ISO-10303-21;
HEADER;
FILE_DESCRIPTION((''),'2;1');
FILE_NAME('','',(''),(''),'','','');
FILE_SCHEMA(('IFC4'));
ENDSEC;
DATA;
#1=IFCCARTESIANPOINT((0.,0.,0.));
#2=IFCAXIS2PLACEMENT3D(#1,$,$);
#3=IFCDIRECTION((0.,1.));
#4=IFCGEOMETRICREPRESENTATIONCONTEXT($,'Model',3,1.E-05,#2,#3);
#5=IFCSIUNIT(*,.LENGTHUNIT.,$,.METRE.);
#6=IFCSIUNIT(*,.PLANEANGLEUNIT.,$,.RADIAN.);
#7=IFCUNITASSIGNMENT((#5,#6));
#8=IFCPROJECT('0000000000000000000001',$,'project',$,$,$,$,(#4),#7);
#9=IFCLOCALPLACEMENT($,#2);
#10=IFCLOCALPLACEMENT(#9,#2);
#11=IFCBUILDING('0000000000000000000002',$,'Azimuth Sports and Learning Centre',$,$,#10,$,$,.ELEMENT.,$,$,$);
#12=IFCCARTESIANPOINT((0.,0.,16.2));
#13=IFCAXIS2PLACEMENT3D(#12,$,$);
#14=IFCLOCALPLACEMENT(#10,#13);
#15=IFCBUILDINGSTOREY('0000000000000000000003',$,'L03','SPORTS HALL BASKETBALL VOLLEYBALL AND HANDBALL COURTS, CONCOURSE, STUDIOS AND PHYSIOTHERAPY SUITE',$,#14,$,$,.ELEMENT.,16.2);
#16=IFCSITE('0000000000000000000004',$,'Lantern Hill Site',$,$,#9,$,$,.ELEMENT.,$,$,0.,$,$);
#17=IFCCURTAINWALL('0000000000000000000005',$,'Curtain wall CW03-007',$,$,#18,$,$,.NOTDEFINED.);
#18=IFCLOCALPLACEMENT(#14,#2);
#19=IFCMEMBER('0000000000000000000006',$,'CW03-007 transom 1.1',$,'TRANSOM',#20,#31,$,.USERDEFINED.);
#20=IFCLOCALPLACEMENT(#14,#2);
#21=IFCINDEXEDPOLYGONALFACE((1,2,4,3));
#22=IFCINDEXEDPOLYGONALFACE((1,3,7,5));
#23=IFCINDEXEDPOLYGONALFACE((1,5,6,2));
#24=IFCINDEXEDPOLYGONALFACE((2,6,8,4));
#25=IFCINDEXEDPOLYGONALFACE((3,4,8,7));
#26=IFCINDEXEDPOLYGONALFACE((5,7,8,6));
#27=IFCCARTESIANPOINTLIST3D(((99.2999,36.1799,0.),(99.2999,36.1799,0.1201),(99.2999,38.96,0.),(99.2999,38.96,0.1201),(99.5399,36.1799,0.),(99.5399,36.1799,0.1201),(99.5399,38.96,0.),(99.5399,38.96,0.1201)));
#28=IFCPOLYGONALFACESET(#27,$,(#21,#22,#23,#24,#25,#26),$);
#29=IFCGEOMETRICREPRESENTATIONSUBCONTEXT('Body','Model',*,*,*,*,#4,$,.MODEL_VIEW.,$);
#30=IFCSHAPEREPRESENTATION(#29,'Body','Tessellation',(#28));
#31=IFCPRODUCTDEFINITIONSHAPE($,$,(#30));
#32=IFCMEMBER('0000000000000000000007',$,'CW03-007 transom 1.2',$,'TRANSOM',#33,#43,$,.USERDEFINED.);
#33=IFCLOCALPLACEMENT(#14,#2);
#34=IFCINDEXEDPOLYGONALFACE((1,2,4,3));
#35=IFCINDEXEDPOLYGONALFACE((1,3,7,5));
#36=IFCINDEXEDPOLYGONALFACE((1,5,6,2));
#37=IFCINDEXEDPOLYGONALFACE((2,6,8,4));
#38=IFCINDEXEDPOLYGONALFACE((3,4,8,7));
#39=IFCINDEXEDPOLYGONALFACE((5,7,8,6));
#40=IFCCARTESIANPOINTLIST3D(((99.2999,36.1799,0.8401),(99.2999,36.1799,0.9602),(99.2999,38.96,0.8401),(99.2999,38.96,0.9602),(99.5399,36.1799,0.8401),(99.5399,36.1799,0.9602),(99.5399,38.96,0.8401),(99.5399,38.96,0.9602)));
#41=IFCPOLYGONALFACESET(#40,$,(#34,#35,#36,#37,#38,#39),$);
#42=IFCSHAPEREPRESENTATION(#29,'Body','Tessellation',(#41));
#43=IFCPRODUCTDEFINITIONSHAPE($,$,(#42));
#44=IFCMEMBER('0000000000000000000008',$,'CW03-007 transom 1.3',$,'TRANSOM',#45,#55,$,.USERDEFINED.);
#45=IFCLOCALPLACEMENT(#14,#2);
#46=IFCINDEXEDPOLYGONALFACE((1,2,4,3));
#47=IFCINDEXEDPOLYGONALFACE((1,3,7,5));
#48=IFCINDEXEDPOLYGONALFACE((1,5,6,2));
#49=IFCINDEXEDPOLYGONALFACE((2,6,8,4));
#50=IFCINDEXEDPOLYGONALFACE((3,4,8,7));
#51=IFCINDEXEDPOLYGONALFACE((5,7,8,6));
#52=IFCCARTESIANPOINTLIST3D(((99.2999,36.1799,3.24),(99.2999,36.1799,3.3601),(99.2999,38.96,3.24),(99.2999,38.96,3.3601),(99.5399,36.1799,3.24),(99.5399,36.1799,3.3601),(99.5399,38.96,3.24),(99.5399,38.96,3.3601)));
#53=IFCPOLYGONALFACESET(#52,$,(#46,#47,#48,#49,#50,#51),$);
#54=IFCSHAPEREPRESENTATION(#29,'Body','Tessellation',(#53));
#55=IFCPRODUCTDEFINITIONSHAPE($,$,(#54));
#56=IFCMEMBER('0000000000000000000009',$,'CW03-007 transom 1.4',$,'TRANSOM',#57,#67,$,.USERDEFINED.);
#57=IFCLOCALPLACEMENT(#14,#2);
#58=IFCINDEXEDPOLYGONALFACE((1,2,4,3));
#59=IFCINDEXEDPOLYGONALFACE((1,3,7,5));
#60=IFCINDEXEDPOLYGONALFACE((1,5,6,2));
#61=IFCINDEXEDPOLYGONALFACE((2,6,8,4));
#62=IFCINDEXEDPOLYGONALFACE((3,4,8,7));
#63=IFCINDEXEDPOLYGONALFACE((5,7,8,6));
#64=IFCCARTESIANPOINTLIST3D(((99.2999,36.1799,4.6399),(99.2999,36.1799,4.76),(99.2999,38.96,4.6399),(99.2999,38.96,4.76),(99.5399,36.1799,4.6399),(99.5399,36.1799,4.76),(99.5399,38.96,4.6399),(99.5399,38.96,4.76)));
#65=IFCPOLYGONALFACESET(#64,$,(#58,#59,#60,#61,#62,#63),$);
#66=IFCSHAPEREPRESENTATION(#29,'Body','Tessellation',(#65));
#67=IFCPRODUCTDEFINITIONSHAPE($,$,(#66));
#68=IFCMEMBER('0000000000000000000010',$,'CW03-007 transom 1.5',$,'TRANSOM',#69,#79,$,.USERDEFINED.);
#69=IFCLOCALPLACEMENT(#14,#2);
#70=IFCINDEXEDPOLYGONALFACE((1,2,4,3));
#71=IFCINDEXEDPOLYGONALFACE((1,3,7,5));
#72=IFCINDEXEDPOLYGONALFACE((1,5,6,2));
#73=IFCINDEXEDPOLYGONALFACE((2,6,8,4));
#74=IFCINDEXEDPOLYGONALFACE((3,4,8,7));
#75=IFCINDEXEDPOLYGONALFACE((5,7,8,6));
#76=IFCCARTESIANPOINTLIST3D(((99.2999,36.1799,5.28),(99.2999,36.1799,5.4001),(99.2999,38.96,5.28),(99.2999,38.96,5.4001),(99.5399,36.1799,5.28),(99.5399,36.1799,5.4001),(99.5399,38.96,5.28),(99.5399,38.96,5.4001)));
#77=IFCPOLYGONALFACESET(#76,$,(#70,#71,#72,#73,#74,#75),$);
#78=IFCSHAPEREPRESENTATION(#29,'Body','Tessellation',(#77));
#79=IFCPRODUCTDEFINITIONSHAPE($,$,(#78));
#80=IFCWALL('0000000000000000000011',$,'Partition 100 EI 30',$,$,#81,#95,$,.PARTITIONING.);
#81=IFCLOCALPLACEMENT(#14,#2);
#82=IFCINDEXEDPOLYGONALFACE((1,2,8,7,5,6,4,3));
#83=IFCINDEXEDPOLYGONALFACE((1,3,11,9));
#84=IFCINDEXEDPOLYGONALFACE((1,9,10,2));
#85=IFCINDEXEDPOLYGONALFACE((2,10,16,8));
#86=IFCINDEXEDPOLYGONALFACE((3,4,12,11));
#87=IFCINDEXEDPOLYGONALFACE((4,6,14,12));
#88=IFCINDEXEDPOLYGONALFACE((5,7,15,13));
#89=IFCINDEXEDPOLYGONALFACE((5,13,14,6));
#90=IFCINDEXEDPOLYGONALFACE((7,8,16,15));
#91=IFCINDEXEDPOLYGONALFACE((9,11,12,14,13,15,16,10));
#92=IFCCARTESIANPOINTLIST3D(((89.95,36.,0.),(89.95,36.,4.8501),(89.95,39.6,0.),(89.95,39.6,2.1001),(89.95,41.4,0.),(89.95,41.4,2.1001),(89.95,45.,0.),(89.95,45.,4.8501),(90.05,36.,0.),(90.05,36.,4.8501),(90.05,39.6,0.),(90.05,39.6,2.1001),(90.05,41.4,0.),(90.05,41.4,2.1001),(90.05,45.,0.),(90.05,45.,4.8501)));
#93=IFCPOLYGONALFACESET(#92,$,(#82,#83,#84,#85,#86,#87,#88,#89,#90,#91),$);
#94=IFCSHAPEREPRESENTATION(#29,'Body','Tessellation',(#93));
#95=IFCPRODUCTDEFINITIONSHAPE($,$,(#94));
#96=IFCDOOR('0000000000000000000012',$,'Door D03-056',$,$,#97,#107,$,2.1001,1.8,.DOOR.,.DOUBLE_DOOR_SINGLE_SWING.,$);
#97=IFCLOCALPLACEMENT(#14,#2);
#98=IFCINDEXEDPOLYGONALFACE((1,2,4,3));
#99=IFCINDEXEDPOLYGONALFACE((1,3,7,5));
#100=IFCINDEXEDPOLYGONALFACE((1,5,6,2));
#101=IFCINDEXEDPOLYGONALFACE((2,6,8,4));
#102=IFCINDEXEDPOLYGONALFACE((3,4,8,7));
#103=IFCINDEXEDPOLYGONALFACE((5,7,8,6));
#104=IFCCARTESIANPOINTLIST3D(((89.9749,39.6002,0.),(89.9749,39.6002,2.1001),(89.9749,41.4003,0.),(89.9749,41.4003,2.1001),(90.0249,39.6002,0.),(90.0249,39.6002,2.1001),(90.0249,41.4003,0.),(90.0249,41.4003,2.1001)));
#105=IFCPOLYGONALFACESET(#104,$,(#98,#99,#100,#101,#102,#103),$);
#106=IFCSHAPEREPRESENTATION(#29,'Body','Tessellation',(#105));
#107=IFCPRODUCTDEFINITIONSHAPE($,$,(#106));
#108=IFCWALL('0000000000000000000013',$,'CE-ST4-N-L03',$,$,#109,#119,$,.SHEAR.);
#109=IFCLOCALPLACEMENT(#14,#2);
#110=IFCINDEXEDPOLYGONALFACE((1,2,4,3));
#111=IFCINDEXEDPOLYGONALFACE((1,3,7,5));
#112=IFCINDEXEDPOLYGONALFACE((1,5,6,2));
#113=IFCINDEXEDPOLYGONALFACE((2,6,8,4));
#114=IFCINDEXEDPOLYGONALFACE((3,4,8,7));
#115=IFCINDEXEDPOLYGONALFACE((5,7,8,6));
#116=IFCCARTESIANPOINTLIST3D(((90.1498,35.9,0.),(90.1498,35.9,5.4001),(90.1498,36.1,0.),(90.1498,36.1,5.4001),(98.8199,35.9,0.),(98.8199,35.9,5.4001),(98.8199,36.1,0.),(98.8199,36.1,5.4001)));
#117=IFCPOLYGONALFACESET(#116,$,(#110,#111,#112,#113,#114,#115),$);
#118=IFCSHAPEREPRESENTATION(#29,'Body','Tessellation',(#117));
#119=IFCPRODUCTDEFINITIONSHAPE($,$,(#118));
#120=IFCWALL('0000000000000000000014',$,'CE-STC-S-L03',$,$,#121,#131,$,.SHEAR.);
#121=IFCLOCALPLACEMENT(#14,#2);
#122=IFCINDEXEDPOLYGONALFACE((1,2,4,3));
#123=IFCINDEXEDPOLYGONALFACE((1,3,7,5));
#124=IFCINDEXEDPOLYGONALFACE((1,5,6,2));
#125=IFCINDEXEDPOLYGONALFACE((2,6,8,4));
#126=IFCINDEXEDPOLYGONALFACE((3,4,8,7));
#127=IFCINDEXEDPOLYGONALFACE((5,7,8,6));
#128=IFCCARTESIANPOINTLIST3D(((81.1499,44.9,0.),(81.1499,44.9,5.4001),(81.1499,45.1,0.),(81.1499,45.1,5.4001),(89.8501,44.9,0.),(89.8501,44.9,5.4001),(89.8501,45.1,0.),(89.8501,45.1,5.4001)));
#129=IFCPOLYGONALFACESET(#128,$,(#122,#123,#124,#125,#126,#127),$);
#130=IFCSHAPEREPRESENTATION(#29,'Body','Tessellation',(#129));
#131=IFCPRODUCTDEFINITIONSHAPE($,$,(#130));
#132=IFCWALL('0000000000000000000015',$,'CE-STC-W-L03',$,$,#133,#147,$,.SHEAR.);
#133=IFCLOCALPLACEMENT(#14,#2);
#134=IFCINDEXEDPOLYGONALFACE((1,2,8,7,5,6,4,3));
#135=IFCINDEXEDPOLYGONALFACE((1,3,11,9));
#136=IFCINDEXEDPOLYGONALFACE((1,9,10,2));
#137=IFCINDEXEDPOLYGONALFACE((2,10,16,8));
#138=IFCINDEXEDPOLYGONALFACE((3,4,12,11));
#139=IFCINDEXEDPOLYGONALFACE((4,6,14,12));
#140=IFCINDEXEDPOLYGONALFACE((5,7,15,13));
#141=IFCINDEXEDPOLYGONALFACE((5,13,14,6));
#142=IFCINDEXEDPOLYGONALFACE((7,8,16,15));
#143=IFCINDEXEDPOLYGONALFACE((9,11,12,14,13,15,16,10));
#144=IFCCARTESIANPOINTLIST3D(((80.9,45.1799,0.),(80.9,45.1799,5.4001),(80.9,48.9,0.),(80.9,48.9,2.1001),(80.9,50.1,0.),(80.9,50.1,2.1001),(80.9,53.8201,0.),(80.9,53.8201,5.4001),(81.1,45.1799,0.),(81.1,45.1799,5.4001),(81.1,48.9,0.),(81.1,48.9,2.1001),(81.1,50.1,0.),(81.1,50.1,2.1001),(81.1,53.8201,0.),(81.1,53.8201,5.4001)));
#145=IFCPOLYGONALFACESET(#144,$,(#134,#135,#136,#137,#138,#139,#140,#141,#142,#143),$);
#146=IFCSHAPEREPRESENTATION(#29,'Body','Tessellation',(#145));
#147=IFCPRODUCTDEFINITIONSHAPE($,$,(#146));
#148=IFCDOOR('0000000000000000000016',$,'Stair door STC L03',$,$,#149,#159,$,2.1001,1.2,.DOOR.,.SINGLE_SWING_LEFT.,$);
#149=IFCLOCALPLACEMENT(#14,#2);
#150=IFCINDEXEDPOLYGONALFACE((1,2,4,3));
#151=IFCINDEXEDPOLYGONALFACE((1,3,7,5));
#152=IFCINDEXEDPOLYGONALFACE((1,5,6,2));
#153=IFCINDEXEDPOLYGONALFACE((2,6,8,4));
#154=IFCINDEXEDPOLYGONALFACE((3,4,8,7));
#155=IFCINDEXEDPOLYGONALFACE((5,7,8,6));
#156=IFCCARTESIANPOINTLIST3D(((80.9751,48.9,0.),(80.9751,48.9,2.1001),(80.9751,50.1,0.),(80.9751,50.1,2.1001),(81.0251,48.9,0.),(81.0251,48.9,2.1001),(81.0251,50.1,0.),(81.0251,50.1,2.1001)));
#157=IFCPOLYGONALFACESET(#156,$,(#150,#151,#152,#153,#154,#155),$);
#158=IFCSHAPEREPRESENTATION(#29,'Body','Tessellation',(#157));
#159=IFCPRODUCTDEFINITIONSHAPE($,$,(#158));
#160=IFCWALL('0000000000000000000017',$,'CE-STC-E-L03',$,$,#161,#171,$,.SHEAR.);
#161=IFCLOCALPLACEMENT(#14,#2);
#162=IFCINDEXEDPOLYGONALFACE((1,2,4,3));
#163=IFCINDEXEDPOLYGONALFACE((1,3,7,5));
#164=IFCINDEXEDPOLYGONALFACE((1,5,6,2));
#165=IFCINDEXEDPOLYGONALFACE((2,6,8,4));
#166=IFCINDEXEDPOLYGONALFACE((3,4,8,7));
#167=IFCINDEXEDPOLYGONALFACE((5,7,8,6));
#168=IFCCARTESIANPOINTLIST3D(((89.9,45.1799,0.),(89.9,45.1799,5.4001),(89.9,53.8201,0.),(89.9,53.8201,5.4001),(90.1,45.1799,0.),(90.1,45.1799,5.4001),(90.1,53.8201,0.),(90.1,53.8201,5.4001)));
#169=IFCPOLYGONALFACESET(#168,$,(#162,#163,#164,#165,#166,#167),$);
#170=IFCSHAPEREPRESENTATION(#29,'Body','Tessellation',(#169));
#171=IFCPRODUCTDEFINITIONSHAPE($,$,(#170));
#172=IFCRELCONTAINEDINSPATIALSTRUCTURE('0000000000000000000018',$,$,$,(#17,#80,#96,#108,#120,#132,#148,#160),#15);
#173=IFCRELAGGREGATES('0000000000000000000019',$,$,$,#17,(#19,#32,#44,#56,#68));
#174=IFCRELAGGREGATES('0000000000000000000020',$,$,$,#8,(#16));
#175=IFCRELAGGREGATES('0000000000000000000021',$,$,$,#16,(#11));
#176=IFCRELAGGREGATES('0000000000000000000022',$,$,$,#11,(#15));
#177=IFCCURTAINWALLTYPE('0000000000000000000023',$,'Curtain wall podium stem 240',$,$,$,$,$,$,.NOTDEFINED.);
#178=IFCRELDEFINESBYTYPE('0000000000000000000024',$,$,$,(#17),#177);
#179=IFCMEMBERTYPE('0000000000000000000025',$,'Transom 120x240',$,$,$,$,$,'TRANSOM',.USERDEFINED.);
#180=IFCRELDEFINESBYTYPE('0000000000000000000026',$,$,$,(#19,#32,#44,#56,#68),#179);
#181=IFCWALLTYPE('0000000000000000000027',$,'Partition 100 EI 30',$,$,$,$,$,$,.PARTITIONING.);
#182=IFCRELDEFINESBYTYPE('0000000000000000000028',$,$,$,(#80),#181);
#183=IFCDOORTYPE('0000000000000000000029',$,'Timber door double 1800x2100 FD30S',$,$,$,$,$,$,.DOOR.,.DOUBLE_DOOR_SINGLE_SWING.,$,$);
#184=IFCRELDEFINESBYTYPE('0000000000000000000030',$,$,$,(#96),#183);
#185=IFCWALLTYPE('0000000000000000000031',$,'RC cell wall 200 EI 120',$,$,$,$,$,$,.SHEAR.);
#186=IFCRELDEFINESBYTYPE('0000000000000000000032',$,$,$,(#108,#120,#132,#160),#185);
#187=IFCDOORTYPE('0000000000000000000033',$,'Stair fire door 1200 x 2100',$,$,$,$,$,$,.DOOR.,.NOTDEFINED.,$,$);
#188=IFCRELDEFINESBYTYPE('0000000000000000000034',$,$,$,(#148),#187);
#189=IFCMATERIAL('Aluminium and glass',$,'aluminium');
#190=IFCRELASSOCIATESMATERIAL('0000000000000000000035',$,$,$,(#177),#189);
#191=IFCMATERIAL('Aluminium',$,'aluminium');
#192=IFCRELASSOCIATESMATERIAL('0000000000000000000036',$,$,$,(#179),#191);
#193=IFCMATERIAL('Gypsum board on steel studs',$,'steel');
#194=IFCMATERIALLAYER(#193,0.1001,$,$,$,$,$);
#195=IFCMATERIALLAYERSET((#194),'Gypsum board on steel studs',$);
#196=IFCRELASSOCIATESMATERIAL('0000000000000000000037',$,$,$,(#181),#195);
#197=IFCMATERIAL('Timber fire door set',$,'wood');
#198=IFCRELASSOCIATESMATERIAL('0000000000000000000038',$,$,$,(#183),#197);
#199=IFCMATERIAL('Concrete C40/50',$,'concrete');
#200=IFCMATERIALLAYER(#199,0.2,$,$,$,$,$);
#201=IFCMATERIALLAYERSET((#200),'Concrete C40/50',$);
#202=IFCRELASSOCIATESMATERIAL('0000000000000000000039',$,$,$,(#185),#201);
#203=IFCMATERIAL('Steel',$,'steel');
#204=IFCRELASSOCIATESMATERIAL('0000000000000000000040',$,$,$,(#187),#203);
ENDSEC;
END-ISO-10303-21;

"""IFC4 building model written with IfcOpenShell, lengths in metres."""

from ifc_helpers import new_model, si_unit, direction, frame, frame_2d, origin, origin_2d, place, context, subcontext, project, spatial, rectangle, extrude, material, layer, layer_set, material_profile, profile_set, type_object, element, fill, aggregate, save


model = new_model("IFC4")

# Units and contexts
model_context = context("Model", 3, precision=1e-05, world=origin(), true_north=direction((0.0, 1.0)))
body_context = subcontext(model_context, "Body", "Model", "MODEL_VIEW")
ifc_project = project(units=[si_unit("LENGTHUNIT", "METRE"), si_unit("PLANEANGLEUNIT", "RADIAN")], contexts=[model_context])

# Site, building, storey
site_placement = place(None, origin())
site = spatial("IfcSite", under=ifc_project, at=site_placement, Name="Lantern Hill Site", CompositionType="ELEMENT", RefElevation=0.0)
building_placement = place(site_placement, origin())
building = spatial("IfcBuilding", under=site, at=building_placement, Name="Azimuth Sports and Learning Centre", CompositionType="ELEMENT")
storey_placement = place(building_placement, frame((0.0, 0.0, 16.2)))
storey = spatial("IfcBuildingStorey", under=building, at=storey_placement, Name="L03", Description="SPORTS HALL BASKETBALL VOLLEYBALL AND HANDBALL COURTS, CONCOURSE, STUDIOS AND PHYSIOTHERAPY SUITE", CompositionType="ELEMENT", Elevation=16.2)

# Curtain wall, members
ifc_material_1 = material(Name="Aluminium and glass", Category="aluminium")
curtain_wall_type = type_object("IfcCurtainWallType", Name="Curtain wall podium stem 240", PredefinedType="NOTDEFINED", material=ifc_material_1)
curtain_wall_placement = place(storey_placement, origin())
curtain_wall = element("IfcCurtainWall", 1, at=curtain_wall_placement, inside=storey, type_object=curtain_wall_type, Name="Curtain wall CW03-007", PredefinedType="NOTDEFINED")
ifc_material_2 = material(Name="Aluminium", Category="aluminium")
ifc_material_profile_1 = material_profile(ifc_material_2, rectangle(XDim=0.24, YDim=0.1201, at=origin_2d()), Name="Transom 120x240")
ifc_profile_set_1 = profile_set([ifc_material_profile_1], Name="Aluminium")
member_type_1 = type_object("IfcMemberType", Name="Transom 120x240", ElementType="TRANSOM", PredefinedType="USERDEFINED", material=ifc_profile_set_1)
member_1_placement = place(storey_placement, frame((99.4199, 36.1799, 0.0601), z_axis=(0.0, 1.0, 0.0), x_axis=(-1.0, 0.0, 0.0)))
member_1 = element("IfcMember", 2, at=member_1_placement, type_object=member_type_1, Name="CW03-007 transom 1.1", ObjectType="TRANSOM", PredefinedType="USERDEFINED", context=body_context, shape_type="SweptSolid", body=[
    extrude(rectangle(XDim=0.24, YDim=0.1201, at=origin_2d()), origin(), (0.0, 0.0, 1.0), 2.78),
])
member_2_placement = place(storey_placement, frame((99.4199, 36.1799, 0.9001), z_axis=(0.0, 1.0, 0.0), x_axis=(-1.0, 0.0, 0.0)))
member_2 = element("IfcMember", 3, at=member_2_placement, type_object=member_type_1, Name="CW03-007 transom 1.2", ObjectType="TRANSOM", PredefinedType="USERDEFINED", context=body_context, shape_type="SweptSolid", body=[
    extrude(rectangle(XDim=0.24, YDim=0.1201, at=origin_2d()), origin(), (0.0, 0.0, 1.0), 2.78),
])
member_3_placement = place(storey_placement, frame((99.4199, 36.1799, 3.3), z_axis=(0.0, 1.0, 0.0), x_axis=(-1.0, 0.0, 0.0)))
member_3 = element("IfcMember", 4, at=member_3_placement, type_object=member_type_1, Name="CW03-007 transom 1.3", ObjectType="TRANSOM", PredefinedType="USERDEFINED", context=body_context, shape_type="SweptSolid", body=[
    extrude(rectangle(XDim=0.24, YDim=0.1201, at=origin_2d()), origin(), (0.0, 0.0, 1.0), 2.78),
])
member_4_placement = place(storey_placement, frame((99.4199, 36.1799, 4.7), z_axis=(0.0, 1.0, 0.0), x_axis=(-1.0, 0.0, 0.0)))
member_4 = element("IfcMember", 5, at=member_4_placement, type_object=member_type_1, Name="CW03-007 transom 1.4", ObjectType="TRANSOM", PredefinedType="USERDEFINED", context=body_context, shape_type="SweptSolid", body=[
    extrude(rectangle(XDim=0.24, YDim=0.1201, at=origin_2d()), origin(), (0.0, 0.0, 1.0), 2.78),
])
member_5_placement = place(storey_placement, frame((99.4199, 36.1799, 5.3401), z_axis=(0.0, 1.0, 0.0), x_axis=(-1.0, 0.0, 0.0)))
member_5 = element("IfcMember", 6, at=member_5_placement, type_object=member_type_1, Name="CW03-007 transom 1.5", ObjectType="TRANSOM", PredefinedType="USERDEFINED", context=body_context, shape_type="SweptSolid", body=[
    extrude(rectangle(XDim=0.24, YDim=0.1201, at=origin_2d()), origin(), (0.0, 0.0, 1.0), 2.78),
])
aggregate(curtain_wall, [member_1, member_2, member_3, member_4, member_5])

# Wall, opening, door
ifc_material_3 = material(Name="Gypsum board on steel studs", Category="steel")
ifc_layer_1 = layer(ifc_material_3, 0.1001)
ifc_layer_set_1 = layer_set([ifc_layer_1], Name="Gypsum board on steel studs")
wall_type_1 = type_object("IfcWallType", Name="Partition 100 EI 30", PredefinedType="PARTITIONING", material=ifc_layer_set_1)
wall_1_placement = place(storey_placement, frame((90.0, 36.0, 0.0), z_axis=(0.0, 0.0, 1.0), x_axis=(0.0, 1.0, 0.0)))
wall_1 = element("IfcWall", 7, at=wall_1_placement, inside=storey, type_object=wall_type_1, Name="Partition 100 EI 30", PredefinedType="PARTITIONING", context=body_context, shape_type="SweptSolid", body=[
    extrude(rectangle(XDim=9.0, YDim=0.1001, at=frame_2d((4.5, 0.0))), origin(), (0.0, 0.0, 1.0), 4.8501),
])
opening_1_placement = place(wall_1_placement, frame((3.6001, 0.0, 0.0)))
opening_1 = element("IfcOpeningElement", 8, at=opening_1_placement, cuts=wall_1, PredefinedType="OPENING", context=body_context, shape_type="SweptSolid", body=[
    extrude(rectangle(XDim=1.8, YDim=2.1001, at=frame_2d((0.8999, 1.05))), frame((0.0, 0.061, 0.0), z_axis=(0.0, -1.0, 0.0), x_axis=(1.0, 0.0, 0.0)), (0.0, 0.0, 1.0), 0.1221),
])
ifc_material_4 = material(Name="Timber fire door set", Category="wood")
door_type_1 = type_object("IfcDoorType", Name="Timber door double 1800x2100 FD30S", OperationType="DOUBLE_DOOR_SINGLE_SWING", PredefinedType="DOOR", material=ifc_material_4)
door_1_placement = place(opening_1_placement, frame((1.8, 0.0, 0.0), z_axis=(0.0, 0.0, 1.0), x_axis=(-1.0, 0.0, 0.0)))
door_1 = element("IfcDoor", 9, at=door_1_placement, inside=storey, type_object=door_type_1, Name="Door D03-056", OperationType="DOUBLE_DOOR_SINGLE_SWING", OverallHeight=2.1001, OverallWidth=1.8, PredefinedType="DOOR", context=body_context, shape_type="SweptSolid", body=[
    extrude(rectangle(XDim=1.8, YDim=2.1001, at=frame_2d((0.8999, 1.05))), frame((0.0, 0.0249, 0.0), z_axis=(0.0, -1.0, 0.0), x_axis=(1.0, 0.0, 0.0)), (0.0, 0.0, 1.0), 0.05),
])
fill(opening_1, door_1)

# Walls
ifc_material_5 = material(Name="Concrete C40/50", Category="concrete")
ifc_layer_2 = layer(ifc_material_5, 0.2)
ifc_layer_set_2 = layer_set([ifc_layer_2], Name="Concrete C40/50")
wall_type_2 = type_object("IfcWallType", Name="RC cell wall 200 EI 120", PredefinedType="SHEAR", material=ifc_layer_set_2)
wall_2_placement = place(storey_placement, frame((90.1499, 36.0, 0.0), z_axis=(0.0, 0.0, 1.0), x_axis=(1.0, 0.0, 0.0)))
element("IfcWall", 10, at=wall_2_placement, inside=storey, type_object=wall_type_2, Name="CE-ST4-N-L03", PredefinedType="SHEAR", context=body_context, shape_type="SweptSolid", body=[
    extrude(rectangle(XDim=8.6702, YDim=0.2, at=frame_2d((4.335, 0.0))), origin(), (0.0, 0.0, 1.0), 5.4001),
])
wall_3_placement = place(storey_placement, frame((81.1499, 45.0, 0.0), z_axis=(0.0, 0.0, 1.0), x_axis=(1.0, 0.0, 0.0)))
element("IfcWall", 11, at=wall_3_placement, inside=storey, type_object=wall_type_2, Name="CE-STC-S-L03", PredefinedType="SHEAR", context=body_context, shape_type="SweptSolid", body=[
    extrude(rectangle(XDim=8.7002, YDim=0.2, at=frame_2d((4.3501, 0.0))), origin(), (0.0, 0.0, 1.0), 5.4001),
])

# Wall, opening, door
wall_4_placement = place(storey_placement, frame((81.0, 45.1799, 0.0), z_axis=(0.0, 0.0, 1.0), x_axis=(0.0, 1.0, 0.0)))
wall_4 = element("IfcWall", 12, at=wall_4_placement, inside=storey, type_object=wall_type_2, Name="CE-STC-W-L03", PredefinedType="SHEAR", context=body_context, shape_type="SweptSolid", body=[
    extrude(rectangle(XDim=8.6401, YDim=0.2, at=frame_2d((4.3201, 0.0))), origin(), (0.0, 0.0, 1.0), 5.4001),
])
opening_2_placement = place(wall_4_placement, frame((3.72, 0.0, 0.0)))
opening_2 = element("IfcOpeningElement", 13, at=opening_2_placement, cuts=wall_4, PredefinedType="OPENING", context=body_context, shape_type="SweptSolid", body=[
    extrude(rectangle(XDim=1.2, YDim=2.1001, at=frame_2d((0.6001, 1.05))), frame((0.0, 0.1108, 0.0), z_axis=(0.0, -1.0, 0.0), x_axis=(1.0, 0.0, 0.0)), (0.0, 0.0, 1.0), 0.2219),
])
ifc_material_6 = material(Name="Steel", Category="steel")
door_type_2 = type_object("IfcDoorType", Name="Stair fire door 1200 x 2100", OperationType="NOTDEFINED", PredefinedType="DOOR", material=ifc_material_6)
door_2_placement = place(opening_2_placement, origin())
door_2 = element("IfcDoor", 14, at=door_2_placement, inside=storey, type_object=door_type_2, Name="Stair door STC L03", OperationType="SINGLE_SWING_LEFT", OverallHeight=2.1001, OverallWidth=1.2, PredefinedType="DOOR", context=body_context, shape_type="SweptSolid", body=[
    extrude(rectangle(XDim=1.2, YDim=2.1001, at=frame_2d((0.6001, 1.05))), frame((0.0, 0.0249, 0.0), z_axis=(0.0, -1.0, 0.0), x_axis=(1.0, 0.0, 0.0)), (0.0, 0.0, 1.0), 0.05),
])
fill(opening_2, door_2)

# Wall
wall_5_placement = place(storey_placement, frame((90.0, 45.1799, 0.0), z_axis=(0.0, 0.0, 1.0), x_axis=(0.0, 1.0, 0.0)))
element("IfcWall", 15, at=wall_5_placement, inside=storey, type_object=wall_type_2, Name="CE-STC-E-L03", PredefinedType="SHEAR", context=body_context, shape_type="SweptSolid", body=[
    extrude(rectangle(XDim=8.6401, YDim=0.2, at=frame_2d((4.3201, 0.0))), origin(), (0.0, 0.0, 1.0), 5.4001),
])

save(model, "model.ifc")
